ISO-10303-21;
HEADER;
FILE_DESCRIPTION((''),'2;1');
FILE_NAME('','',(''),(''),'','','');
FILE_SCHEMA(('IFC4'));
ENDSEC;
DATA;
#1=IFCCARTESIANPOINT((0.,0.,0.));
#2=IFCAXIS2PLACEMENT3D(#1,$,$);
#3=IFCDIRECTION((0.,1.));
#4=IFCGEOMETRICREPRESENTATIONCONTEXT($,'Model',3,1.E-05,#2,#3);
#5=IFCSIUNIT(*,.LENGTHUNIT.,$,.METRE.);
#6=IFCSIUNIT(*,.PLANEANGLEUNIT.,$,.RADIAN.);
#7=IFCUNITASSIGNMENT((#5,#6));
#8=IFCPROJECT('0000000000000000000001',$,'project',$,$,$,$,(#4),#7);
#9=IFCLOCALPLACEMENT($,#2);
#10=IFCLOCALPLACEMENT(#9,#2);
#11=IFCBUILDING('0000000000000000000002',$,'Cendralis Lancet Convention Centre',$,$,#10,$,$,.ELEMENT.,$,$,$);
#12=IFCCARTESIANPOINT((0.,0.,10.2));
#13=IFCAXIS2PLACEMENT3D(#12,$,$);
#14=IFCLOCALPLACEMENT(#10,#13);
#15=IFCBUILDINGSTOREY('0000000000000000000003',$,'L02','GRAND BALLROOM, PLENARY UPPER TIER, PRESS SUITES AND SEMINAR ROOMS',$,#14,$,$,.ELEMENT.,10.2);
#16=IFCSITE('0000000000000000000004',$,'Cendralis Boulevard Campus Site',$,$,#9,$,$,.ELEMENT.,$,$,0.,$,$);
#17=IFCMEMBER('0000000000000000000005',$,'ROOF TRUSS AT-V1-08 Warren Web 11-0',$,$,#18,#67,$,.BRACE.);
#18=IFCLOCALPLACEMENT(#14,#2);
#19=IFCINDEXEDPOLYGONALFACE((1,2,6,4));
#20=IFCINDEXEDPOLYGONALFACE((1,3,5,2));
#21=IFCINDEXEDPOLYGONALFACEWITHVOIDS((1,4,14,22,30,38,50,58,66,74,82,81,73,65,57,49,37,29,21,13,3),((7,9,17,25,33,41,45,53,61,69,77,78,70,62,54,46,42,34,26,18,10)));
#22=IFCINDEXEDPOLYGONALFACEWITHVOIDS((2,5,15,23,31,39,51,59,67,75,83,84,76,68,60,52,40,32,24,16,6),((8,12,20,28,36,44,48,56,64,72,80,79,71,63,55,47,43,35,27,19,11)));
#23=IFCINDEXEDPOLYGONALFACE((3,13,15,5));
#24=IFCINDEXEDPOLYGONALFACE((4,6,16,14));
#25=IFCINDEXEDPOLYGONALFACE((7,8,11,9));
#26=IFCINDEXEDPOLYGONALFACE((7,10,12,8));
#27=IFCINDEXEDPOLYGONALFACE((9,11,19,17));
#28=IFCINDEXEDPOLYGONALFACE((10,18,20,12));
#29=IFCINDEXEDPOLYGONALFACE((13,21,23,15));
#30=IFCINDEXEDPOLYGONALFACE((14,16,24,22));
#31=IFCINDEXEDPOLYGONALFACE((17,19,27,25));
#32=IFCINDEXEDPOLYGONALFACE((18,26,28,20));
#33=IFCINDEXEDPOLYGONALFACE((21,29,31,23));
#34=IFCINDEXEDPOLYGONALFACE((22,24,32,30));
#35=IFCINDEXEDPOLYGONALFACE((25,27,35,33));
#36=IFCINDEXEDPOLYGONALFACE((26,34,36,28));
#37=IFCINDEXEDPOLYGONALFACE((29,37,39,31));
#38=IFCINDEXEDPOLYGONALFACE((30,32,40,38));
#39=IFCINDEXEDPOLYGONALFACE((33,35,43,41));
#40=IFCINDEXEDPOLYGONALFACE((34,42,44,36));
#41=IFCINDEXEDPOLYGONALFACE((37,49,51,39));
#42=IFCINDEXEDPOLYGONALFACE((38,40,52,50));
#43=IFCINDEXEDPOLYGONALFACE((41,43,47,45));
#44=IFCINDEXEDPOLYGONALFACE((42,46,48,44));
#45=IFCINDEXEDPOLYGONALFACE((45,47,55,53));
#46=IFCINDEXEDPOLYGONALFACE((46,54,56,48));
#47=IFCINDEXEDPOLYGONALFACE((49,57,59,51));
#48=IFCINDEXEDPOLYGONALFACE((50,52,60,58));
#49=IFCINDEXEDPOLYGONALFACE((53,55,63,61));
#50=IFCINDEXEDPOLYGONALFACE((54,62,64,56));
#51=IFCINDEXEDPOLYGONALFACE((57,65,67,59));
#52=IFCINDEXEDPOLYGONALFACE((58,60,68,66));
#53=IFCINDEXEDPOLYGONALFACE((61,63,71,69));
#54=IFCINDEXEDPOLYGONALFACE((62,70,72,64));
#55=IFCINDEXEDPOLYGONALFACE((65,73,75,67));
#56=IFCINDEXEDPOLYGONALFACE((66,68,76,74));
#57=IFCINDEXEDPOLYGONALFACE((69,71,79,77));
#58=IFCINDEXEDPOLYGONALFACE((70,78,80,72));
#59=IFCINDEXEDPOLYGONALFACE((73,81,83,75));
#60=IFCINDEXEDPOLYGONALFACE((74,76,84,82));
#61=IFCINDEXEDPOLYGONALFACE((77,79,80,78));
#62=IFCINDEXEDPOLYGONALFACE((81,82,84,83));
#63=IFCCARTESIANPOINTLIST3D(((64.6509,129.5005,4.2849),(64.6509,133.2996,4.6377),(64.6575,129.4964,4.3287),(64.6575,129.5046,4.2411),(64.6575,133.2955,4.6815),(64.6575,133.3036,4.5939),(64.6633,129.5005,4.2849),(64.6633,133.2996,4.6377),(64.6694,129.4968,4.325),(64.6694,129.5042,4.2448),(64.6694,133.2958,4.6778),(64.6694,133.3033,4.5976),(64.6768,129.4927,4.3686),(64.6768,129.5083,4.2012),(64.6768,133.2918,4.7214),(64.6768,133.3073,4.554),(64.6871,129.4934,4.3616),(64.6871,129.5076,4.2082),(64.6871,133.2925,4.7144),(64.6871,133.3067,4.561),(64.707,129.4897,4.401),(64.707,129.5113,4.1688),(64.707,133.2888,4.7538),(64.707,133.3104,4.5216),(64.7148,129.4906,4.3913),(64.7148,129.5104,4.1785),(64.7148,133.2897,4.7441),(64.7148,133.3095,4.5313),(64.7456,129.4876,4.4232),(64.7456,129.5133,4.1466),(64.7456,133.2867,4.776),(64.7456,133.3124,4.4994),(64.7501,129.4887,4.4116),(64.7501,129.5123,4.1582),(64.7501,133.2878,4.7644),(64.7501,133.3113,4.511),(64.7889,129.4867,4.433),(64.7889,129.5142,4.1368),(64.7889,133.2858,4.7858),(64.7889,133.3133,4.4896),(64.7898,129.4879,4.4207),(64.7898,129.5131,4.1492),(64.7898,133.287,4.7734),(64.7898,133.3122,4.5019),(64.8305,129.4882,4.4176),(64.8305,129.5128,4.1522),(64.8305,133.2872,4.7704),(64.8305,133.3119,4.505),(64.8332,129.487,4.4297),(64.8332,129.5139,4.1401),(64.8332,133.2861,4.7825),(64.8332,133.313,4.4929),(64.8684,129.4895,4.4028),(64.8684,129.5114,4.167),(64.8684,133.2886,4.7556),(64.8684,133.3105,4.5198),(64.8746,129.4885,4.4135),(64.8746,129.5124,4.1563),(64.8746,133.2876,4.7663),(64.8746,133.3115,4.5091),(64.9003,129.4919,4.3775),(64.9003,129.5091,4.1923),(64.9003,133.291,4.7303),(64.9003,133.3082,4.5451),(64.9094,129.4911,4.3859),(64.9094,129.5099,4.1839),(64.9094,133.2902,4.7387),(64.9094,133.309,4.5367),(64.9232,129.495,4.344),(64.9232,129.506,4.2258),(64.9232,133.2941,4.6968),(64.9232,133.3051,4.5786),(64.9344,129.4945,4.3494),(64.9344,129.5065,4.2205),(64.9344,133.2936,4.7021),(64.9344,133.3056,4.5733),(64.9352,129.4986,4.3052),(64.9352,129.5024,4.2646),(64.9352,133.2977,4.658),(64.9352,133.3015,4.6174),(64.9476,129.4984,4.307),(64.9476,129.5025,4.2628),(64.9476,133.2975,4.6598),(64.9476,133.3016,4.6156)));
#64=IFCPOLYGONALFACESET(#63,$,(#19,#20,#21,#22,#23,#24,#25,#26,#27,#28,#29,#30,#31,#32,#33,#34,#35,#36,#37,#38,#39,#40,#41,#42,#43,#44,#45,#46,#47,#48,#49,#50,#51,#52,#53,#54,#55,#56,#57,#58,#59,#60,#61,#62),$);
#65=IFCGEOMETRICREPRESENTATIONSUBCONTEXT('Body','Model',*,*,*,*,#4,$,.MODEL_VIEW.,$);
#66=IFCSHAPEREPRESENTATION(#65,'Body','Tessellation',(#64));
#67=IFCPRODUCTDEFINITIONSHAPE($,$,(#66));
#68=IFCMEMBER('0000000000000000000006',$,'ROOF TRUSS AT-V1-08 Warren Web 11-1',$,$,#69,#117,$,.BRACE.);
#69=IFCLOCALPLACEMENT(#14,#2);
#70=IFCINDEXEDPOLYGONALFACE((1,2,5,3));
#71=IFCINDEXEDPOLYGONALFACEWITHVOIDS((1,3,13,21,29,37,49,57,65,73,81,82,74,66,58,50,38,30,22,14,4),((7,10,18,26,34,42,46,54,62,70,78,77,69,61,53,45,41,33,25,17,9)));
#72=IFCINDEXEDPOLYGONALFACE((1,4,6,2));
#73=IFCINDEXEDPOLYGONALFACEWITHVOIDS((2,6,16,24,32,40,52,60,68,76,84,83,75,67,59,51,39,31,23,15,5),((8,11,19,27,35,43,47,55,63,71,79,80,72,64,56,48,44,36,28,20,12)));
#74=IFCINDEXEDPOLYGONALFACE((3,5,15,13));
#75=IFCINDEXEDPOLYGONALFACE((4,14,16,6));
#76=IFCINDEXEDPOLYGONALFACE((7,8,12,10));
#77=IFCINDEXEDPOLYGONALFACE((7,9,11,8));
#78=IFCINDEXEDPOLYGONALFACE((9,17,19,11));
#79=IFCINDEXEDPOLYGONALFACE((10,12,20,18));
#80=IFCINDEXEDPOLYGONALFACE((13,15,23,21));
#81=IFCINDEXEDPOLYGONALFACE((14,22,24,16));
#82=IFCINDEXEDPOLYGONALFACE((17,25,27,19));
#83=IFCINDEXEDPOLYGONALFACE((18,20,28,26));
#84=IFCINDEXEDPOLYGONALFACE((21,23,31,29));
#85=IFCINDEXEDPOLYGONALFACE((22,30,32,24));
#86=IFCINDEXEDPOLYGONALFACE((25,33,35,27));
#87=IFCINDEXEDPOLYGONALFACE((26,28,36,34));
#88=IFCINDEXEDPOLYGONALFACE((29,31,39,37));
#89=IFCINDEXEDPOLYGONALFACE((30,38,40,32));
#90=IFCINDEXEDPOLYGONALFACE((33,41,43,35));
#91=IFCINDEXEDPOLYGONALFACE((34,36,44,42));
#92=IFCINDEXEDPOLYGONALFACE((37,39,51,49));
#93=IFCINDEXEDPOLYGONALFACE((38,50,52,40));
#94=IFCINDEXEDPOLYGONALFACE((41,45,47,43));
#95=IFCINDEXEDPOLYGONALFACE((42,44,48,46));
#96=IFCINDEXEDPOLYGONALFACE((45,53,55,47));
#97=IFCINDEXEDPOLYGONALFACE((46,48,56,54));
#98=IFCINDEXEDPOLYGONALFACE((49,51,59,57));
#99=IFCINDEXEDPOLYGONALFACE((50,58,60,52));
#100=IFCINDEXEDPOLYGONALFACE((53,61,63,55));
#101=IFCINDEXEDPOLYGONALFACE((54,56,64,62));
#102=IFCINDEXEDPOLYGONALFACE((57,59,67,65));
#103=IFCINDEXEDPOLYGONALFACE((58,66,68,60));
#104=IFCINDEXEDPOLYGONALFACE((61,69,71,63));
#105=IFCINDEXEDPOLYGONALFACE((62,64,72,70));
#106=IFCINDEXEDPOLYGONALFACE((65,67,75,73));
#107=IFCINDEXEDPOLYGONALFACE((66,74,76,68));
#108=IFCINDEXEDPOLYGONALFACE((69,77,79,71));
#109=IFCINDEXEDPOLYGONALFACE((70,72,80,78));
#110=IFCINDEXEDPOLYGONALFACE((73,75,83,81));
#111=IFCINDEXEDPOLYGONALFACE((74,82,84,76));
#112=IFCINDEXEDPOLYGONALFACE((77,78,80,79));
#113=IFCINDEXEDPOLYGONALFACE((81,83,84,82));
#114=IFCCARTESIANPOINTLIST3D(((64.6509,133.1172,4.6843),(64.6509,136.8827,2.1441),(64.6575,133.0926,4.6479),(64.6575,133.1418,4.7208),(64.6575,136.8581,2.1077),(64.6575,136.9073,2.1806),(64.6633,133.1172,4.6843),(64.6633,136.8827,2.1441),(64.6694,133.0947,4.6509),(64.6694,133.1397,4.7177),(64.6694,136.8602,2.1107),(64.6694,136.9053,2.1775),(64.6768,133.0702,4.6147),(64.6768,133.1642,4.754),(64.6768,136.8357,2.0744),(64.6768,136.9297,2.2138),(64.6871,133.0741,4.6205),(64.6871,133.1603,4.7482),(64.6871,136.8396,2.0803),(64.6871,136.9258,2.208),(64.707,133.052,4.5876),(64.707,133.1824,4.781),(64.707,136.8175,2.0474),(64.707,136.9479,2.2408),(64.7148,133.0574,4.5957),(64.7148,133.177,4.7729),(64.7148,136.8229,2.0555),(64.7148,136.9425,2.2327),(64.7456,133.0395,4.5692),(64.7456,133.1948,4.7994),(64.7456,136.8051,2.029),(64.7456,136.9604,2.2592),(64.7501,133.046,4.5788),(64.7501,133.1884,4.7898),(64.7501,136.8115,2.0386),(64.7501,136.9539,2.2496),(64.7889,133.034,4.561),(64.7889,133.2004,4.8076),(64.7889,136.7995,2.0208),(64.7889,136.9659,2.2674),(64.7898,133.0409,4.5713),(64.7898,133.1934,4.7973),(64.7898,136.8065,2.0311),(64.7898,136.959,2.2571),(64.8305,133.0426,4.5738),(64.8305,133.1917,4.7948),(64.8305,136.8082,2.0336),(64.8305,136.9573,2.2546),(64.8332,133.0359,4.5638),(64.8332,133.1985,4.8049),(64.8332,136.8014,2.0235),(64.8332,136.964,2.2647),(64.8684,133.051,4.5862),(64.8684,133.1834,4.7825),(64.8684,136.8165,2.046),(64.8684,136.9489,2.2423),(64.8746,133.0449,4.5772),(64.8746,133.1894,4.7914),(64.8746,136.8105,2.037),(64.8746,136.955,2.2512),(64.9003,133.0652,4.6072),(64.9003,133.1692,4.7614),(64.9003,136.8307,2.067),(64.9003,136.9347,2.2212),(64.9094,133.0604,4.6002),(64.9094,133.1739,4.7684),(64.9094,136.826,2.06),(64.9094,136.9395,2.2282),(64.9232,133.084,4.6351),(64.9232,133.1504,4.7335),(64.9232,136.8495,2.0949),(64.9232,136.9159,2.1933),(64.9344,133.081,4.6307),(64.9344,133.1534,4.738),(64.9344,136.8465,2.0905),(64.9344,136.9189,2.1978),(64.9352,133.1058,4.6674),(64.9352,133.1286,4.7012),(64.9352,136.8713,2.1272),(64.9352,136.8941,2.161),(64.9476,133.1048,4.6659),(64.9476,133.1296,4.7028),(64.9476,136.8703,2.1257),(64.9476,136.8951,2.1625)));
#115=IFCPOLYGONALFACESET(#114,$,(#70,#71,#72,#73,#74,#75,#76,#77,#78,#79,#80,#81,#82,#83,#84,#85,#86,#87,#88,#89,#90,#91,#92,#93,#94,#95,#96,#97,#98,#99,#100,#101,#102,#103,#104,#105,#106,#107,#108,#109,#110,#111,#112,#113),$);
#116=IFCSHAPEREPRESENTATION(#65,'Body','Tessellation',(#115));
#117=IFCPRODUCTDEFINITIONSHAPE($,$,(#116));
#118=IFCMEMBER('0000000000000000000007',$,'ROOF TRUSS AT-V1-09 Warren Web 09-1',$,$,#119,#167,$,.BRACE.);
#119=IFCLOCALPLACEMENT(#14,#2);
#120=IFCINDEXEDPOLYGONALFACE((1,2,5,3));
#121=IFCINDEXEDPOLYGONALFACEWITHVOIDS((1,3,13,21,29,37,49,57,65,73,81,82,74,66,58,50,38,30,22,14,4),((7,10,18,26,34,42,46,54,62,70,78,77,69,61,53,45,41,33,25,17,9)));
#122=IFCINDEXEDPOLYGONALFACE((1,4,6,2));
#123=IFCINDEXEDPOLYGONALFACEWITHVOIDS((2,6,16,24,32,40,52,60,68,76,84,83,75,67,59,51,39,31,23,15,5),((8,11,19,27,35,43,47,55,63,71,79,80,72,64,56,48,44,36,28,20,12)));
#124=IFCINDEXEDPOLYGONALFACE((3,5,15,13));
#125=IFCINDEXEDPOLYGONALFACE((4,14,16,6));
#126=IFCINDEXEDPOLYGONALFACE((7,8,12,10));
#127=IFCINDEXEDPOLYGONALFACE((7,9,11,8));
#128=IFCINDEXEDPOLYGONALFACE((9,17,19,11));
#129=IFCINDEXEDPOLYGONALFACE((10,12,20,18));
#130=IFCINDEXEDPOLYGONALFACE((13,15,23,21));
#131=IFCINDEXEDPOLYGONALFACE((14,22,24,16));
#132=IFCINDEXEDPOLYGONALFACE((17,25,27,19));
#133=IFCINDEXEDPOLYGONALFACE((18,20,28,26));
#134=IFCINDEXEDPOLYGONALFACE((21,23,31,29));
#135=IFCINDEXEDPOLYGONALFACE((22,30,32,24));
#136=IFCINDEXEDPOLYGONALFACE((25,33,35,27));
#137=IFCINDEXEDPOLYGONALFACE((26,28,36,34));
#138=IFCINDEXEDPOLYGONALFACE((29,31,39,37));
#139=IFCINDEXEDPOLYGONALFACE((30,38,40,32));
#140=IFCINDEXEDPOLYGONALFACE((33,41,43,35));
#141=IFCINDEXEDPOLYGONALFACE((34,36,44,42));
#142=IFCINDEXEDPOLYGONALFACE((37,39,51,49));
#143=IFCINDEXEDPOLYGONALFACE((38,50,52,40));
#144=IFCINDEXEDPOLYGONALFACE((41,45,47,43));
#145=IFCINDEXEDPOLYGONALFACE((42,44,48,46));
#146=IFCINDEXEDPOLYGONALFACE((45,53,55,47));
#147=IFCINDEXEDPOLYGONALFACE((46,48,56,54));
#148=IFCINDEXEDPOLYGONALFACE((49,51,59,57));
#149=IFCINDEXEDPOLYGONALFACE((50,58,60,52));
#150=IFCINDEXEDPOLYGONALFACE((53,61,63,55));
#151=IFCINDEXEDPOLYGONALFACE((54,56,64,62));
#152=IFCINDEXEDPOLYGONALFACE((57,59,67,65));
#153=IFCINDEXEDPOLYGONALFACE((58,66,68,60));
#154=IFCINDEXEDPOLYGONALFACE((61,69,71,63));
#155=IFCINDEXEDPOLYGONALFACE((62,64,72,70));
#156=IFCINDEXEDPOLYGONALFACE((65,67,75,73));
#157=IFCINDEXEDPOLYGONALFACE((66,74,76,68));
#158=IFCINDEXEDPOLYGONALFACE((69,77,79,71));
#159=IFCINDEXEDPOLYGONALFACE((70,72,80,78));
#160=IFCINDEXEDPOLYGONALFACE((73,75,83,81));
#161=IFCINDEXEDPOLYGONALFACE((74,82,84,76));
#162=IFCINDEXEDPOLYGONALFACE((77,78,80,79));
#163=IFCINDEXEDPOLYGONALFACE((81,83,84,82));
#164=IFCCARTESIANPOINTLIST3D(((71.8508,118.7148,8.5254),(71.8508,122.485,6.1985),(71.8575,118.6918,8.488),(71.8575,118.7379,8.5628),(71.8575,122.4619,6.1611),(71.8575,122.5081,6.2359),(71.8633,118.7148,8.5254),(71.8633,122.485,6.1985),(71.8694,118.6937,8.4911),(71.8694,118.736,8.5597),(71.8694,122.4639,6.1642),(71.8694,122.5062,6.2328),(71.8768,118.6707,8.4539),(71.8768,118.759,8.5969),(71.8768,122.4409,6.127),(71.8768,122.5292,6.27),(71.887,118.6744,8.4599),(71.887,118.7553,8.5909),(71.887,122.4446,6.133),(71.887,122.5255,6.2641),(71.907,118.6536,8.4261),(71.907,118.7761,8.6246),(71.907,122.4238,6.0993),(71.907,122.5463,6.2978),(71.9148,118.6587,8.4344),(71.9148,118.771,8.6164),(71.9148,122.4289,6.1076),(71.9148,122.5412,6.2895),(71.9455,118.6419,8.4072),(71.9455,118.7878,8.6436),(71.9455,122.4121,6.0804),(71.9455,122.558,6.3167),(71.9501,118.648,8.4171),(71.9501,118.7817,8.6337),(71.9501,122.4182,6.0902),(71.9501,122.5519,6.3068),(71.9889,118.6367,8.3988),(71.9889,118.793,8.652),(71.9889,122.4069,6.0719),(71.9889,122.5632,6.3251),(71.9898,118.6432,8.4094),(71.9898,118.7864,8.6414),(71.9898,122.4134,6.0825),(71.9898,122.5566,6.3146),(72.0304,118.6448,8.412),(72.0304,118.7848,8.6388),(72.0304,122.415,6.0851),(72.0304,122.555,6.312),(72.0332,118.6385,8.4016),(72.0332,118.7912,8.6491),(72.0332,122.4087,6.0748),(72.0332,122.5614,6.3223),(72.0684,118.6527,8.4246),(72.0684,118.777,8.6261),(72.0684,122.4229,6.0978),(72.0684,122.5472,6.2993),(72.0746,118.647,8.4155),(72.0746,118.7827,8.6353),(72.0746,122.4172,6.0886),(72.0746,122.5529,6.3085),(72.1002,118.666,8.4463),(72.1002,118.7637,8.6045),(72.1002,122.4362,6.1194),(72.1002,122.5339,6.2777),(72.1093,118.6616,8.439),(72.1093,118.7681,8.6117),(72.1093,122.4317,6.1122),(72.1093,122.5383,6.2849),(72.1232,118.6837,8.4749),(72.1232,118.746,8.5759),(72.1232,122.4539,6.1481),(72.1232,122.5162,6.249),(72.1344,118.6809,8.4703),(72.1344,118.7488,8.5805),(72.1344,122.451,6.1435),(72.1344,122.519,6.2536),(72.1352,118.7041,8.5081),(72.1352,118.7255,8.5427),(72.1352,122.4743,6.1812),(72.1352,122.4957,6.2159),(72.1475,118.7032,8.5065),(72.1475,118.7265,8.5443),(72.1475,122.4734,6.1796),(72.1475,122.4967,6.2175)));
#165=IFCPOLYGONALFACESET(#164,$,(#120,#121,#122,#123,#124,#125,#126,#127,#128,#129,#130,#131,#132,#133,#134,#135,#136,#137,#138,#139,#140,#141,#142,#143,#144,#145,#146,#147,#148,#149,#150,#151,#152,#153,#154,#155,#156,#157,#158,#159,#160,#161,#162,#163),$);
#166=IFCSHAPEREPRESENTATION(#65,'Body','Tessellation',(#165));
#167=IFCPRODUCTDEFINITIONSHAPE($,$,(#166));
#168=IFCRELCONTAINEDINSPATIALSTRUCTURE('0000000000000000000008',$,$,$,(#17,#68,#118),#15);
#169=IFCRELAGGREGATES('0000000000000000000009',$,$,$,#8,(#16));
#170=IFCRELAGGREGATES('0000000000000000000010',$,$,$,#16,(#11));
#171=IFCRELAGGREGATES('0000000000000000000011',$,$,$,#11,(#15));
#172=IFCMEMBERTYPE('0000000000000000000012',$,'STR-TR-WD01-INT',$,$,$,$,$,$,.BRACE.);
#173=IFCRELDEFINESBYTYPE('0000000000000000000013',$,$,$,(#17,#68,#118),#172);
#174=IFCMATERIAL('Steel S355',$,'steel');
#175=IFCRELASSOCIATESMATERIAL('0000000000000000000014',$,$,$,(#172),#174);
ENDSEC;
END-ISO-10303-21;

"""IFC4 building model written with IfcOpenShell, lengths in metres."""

from ifc_helpers import new_model, si_unit, direction, frame, origin, origin_2d, place, context, subcontext, project, spatial, hollow_circle, extrude, material, material_profile, profile_set, type_object, element, save


model = new_model("IFC4")

# Units and contexts
model_context = context("Model", 3, precision=1e-05, world=origin(), true_north=direction((0.0, 1.0)))
body_context = subcontext(model_context, "Body", "Model", "MODEL_VIEW")
ifc_project = project(units=[si_unit("LENGTHUNIT", "METRE"), si_unit("PLANEANGLEUNIT", "RADIAN")], contexts=[model_context])

# Site, building, storey
site_placement = place(None, origin())
site = spatial("IfcSite", under=ifc_project, at=site_placement, Name="Cendralis Boulevard Campus Site", CompositionType="ELEMENT", RefElevation=0.0)
building_placement = place(site_placement, origin())
building = spatial("IfcBuilding", under=site, at=building_placement, Name="Cendralis Lancet Convention Centre", CompositionType="ELEMENT")
storey_placement = place(building_placement, frame((0.0, 0.0, 10.2)))
storey = spatial("IfcBuildingStorey", under=building, at=storey_placement, Name="L02", Description="GRAND BALLROOM, PLENARY UPPER TIER, PRESS SUITES AND SEMINAR ROOMS", CompositionType="ELEMENT", Elevation=10.2)

# Members
ifc_material_1 = material(Name="Steel S355", Category="steel")
ifc_material_profile_1 = material_profile(ifc_material_1, hollow_circle(Radius=0.1492, WallThickness=0.0125, at=origin_2d()), Name="CHS 298.5x12.5")
ifc_profile_set_1 = profile_set([ifc_material_profile_1], Name="Steel S355")
member_type_1 = type_object("IfcMemberType", Name="STR-TR-WD01-INT", PredefinedType="BRACE", material=ifc_profile_set_1)
member_1_placement = place(storey_placement, frame((64.8, 129.5005, 4.2849), z_axis=(0.0, 0.995716, 0.092463), x_axis=(-1.0, 0.0, 0.0)))
element("IfcMember", 1, at=member_1_placement, inside=storey, type_object=member_type_1, Name="ROOF TRUSS AT-V1-08 Warren Web 11-0", PredefinedType="BRACE", context=body_context, shape_type="SweptSolid", body=[
    extrude(hollow_circle(Radius=0.1492, WallThickness=0.0125, at=origin_2d()), origin(), (0.0, 0.0, 1.0), 3.8154),
])
member_2_placement = place(storey_placement, frame((64.8, 133.1172, 4.6843), z_axis=(0.0, 0.829003, -0.559244), x_axis=(-1.0, 0.0, 0.0)))
element("IfcMember", 2, at=member_2_placement, inside=storey, type_object=member_type_1, Name="ROOF TRUSS AT-V1-08 Warren Web 11-1", PredefinedType="BRACE", context=body_context, shape_type="SweptSolid", body=[
    extrude(hollow_circle(Radius=0.1492, WallThickness=0.0125, at=origin_2d()), origin(), (0.0, 0.0, 1.0), 4.5422),
])
member_3_placement = place(storey_placement, frame((72.0, 118.7148, 8.5254), z_axis=(0.0, 0.850978, -0.525201), x_axis=(-1.0, 0.0, 0.0)))
element("IfcMember", 3, at=member_3_placement, inside=storey, type_object=member_type_1, Name="ROOF TRUSS AT-V1-09 Warren Web 09-1", PredefinedType="BRACE", context=body_context, shape_type="SweptSolid", body=[
    extrude(hollow_circle(Radius=0.1492, WallThickness=0.0125, at=origin_2d()), origin(), (0.0, 0.0, 1.0), 4.4304),
])

save(model, "model.ifc")
